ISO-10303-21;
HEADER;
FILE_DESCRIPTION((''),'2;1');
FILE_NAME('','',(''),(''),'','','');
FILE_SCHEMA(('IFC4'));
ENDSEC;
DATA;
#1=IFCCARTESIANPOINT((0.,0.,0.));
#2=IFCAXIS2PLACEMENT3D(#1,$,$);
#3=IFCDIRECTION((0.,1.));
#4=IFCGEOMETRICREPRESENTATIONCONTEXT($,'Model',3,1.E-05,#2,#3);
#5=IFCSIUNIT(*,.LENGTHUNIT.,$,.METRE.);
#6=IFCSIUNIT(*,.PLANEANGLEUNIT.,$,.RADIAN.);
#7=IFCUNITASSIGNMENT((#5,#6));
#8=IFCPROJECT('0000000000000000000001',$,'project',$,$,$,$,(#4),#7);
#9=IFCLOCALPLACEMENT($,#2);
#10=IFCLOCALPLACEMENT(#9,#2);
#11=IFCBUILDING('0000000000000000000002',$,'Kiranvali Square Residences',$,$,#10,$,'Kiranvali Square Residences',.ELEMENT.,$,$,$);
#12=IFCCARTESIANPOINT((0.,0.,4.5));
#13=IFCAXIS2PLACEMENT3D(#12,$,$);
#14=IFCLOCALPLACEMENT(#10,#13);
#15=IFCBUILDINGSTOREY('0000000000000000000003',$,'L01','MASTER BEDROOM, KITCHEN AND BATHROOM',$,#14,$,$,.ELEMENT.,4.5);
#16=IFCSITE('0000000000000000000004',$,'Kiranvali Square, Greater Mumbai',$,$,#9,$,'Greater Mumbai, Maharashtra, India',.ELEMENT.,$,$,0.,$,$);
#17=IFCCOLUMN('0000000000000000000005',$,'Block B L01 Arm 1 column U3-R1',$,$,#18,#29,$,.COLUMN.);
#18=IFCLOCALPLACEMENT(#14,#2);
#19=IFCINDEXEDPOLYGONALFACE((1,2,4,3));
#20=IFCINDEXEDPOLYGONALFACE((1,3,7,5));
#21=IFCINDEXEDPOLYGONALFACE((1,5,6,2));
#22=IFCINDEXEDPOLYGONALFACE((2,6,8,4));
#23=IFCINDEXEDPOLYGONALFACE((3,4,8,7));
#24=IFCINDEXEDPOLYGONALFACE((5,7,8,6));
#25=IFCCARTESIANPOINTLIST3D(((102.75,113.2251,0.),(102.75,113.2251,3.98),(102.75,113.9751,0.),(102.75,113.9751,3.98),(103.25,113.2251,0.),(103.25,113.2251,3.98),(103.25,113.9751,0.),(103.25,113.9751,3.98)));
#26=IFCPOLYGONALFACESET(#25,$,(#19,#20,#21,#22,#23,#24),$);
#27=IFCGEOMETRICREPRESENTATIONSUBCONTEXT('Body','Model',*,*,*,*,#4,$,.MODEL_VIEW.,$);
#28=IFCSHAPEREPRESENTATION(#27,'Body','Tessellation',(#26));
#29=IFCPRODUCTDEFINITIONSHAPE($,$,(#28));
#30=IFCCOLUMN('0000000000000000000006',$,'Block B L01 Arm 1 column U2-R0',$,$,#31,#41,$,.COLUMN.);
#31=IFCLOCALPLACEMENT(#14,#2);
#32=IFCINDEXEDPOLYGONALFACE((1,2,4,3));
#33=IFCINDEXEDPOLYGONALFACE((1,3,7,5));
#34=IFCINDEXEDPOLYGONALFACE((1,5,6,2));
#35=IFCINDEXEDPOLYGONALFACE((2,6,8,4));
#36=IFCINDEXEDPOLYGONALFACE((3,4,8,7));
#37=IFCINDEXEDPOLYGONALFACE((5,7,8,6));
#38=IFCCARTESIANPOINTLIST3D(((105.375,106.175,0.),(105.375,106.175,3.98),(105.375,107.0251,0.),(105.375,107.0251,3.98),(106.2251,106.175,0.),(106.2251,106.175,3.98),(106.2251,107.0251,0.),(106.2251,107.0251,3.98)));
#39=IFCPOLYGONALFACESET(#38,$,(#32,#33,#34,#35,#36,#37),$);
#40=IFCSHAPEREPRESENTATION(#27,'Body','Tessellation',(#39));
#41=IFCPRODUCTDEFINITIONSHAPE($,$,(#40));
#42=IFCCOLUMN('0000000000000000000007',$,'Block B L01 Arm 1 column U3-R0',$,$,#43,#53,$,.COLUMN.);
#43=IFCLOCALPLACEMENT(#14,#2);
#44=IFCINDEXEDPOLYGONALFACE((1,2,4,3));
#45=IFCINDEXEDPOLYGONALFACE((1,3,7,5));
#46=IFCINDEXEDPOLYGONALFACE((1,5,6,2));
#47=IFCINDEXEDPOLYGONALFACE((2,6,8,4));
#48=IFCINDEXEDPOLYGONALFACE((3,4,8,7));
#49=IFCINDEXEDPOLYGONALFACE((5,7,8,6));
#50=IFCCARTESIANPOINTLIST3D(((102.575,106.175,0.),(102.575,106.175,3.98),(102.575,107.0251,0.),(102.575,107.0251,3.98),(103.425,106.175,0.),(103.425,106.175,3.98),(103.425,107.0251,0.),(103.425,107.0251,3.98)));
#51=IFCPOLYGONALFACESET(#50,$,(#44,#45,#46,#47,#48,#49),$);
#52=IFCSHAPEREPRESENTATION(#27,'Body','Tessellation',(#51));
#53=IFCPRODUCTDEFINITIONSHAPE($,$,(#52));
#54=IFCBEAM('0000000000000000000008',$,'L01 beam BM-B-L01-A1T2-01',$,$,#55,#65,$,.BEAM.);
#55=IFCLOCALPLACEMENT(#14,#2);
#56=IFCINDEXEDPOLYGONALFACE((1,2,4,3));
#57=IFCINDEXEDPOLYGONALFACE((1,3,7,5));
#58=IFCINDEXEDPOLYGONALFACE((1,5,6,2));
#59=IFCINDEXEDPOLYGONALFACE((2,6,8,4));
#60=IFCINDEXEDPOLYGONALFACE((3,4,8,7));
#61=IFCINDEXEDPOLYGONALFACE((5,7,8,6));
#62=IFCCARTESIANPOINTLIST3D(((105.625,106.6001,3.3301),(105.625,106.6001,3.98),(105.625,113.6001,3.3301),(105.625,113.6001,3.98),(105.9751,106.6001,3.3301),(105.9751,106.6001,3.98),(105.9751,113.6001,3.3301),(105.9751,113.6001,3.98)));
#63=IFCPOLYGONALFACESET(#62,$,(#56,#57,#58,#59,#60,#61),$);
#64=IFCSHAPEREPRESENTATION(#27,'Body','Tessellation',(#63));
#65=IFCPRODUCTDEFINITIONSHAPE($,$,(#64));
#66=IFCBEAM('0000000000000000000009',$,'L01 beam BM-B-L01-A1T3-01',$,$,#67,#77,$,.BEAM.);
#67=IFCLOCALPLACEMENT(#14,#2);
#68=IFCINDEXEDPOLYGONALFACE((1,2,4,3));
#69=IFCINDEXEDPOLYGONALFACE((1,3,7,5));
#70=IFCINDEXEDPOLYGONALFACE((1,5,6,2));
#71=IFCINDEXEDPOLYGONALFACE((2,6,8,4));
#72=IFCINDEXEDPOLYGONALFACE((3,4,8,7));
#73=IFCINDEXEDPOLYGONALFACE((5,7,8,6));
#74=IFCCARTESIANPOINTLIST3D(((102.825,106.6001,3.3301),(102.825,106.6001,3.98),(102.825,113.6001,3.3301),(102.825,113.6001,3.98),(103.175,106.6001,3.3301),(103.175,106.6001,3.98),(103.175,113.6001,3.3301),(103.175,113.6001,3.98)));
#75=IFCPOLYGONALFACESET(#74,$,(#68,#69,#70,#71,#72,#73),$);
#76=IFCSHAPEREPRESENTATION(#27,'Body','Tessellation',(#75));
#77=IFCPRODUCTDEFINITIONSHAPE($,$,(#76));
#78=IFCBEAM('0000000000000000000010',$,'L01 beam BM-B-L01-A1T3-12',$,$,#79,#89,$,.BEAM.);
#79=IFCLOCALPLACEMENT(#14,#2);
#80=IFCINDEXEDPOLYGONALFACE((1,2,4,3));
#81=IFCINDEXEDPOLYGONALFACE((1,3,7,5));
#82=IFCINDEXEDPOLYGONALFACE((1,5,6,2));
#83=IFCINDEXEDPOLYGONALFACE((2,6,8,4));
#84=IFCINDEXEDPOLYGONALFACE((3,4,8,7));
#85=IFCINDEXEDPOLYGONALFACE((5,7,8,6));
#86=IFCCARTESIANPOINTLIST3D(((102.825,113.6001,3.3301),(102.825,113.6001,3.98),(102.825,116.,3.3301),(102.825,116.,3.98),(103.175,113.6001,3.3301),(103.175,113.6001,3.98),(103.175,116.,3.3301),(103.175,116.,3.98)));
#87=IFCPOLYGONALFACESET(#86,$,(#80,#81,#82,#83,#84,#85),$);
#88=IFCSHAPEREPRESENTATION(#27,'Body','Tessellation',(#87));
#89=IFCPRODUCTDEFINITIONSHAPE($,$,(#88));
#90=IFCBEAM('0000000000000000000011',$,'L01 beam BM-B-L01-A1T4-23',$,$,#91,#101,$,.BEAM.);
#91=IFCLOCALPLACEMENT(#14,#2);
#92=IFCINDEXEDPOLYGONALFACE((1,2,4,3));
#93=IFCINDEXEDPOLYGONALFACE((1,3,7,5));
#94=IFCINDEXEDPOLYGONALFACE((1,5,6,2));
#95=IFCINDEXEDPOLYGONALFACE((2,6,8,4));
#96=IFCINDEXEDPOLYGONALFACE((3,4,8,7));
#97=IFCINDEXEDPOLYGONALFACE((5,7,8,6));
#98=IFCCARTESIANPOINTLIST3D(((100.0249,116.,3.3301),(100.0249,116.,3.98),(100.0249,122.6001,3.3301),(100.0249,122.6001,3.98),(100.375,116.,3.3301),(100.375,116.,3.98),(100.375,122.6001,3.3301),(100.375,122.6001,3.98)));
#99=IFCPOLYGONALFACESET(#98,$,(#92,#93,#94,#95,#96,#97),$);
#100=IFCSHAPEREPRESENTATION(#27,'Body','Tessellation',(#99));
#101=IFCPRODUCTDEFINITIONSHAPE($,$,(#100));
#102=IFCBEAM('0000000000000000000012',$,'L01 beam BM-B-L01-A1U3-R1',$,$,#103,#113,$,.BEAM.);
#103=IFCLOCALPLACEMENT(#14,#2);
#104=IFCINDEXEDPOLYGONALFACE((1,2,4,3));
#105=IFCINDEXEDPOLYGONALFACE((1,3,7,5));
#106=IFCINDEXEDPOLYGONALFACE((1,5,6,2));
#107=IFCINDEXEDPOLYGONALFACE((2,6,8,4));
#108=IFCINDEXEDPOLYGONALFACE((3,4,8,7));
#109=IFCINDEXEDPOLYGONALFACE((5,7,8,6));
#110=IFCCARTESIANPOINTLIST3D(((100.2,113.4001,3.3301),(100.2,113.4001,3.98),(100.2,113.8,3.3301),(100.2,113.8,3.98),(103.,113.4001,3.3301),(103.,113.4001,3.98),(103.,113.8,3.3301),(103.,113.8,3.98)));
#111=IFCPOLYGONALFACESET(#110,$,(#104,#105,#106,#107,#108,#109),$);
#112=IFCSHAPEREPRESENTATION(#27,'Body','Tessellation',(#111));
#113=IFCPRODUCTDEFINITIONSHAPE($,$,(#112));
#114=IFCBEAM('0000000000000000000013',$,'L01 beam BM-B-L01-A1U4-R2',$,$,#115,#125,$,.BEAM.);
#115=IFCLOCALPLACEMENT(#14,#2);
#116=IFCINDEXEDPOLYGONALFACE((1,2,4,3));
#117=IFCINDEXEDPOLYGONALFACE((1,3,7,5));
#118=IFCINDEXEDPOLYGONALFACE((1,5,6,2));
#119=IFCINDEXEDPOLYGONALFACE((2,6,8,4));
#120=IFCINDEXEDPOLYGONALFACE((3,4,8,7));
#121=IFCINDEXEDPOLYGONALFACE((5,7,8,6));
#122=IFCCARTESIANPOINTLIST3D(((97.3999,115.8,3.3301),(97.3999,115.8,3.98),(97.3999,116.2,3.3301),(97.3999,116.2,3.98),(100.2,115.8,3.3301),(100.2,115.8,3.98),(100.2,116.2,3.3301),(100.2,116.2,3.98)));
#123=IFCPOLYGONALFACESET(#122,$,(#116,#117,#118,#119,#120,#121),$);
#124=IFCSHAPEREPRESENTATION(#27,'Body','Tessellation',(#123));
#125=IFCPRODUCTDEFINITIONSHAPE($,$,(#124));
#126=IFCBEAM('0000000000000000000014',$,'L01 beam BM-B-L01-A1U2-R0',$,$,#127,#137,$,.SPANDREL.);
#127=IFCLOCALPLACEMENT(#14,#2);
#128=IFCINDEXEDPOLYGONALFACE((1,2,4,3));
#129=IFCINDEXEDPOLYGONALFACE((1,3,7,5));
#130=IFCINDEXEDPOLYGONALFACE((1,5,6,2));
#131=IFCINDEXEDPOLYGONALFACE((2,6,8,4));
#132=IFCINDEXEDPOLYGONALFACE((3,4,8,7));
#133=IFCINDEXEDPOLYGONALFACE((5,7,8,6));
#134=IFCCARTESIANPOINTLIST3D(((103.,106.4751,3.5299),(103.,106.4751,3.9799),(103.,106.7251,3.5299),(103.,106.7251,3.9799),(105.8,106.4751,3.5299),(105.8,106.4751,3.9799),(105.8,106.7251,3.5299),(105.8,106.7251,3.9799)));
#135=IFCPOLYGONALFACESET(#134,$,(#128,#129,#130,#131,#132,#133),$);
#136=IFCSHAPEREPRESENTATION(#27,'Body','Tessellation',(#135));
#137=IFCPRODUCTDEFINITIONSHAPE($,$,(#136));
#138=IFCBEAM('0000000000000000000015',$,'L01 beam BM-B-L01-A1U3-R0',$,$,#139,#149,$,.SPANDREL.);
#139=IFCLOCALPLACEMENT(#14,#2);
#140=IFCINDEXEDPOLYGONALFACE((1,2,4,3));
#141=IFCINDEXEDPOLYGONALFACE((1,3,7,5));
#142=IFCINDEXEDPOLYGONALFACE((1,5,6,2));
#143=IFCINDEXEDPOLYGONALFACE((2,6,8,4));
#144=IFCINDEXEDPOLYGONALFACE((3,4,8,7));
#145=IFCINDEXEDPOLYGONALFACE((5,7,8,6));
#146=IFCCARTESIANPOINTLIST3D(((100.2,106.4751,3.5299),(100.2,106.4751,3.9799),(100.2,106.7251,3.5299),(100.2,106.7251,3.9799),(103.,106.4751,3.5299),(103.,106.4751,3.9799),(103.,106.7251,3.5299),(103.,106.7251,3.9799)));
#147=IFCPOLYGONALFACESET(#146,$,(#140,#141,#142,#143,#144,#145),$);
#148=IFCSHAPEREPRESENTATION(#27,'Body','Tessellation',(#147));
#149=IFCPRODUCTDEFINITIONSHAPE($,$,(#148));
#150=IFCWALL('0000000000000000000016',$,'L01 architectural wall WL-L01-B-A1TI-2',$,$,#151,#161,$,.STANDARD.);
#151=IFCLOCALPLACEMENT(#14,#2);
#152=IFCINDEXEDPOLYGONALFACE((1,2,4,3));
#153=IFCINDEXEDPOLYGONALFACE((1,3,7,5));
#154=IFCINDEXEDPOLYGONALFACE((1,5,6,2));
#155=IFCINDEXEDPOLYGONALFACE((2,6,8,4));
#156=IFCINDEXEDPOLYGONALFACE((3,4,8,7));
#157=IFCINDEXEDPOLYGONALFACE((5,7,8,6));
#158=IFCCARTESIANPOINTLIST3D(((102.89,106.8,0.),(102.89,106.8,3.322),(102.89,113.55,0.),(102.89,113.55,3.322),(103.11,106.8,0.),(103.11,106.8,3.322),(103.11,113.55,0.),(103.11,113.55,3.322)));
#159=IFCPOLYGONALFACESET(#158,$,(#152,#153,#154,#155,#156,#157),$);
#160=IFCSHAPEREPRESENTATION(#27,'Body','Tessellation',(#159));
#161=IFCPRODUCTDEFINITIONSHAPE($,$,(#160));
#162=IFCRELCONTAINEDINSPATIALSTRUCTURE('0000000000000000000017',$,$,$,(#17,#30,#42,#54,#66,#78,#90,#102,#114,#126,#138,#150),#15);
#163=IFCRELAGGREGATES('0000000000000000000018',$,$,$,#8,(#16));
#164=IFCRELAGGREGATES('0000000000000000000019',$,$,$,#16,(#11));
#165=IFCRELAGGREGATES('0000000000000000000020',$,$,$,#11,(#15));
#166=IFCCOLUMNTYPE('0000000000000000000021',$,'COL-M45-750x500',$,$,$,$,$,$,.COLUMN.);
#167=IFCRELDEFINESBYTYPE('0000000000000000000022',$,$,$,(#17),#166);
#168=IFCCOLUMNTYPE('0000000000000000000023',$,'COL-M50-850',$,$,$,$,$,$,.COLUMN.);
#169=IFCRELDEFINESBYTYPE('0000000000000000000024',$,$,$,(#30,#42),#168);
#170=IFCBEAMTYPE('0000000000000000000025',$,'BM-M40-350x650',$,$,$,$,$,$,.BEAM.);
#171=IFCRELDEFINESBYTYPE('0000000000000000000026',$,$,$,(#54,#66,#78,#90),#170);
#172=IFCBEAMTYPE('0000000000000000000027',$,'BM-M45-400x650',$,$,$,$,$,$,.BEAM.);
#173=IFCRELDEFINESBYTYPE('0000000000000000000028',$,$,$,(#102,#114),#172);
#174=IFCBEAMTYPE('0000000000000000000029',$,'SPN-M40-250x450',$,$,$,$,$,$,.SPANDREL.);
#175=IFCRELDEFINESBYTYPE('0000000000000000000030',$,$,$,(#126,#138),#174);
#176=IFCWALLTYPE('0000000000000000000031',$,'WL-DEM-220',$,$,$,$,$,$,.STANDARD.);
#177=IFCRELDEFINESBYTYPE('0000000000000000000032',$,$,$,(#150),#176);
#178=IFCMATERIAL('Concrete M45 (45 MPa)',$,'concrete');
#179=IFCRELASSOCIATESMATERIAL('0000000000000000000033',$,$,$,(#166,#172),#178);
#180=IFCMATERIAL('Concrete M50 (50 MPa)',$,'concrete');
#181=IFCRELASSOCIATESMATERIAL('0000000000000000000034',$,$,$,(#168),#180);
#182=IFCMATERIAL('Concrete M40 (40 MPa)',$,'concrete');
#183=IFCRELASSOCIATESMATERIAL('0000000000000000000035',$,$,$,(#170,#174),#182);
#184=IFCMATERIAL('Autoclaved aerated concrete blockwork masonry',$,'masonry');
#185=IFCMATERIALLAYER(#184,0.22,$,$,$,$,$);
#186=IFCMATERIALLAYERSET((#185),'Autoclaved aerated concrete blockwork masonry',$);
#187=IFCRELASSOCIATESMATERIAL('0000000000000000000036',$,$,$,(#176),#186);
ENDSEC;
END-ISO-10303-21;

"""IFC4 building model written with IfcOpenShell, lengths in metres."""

from ifc_helpers import new_model, si_unit, direction, frame, frame_2d, origin, origin_2d, place, context, subcontext, project, spatial, rectangle, extrude, material, layer, layer_set, material_profile, profile_set, type_object, element, save


model = new_model("IFC4")

# Units and contexts
model_context = context("Model", 3, precision=1e-05, world=origin(), true_north=direction((0.0, 1.0)))
body_context = subcontext(model_context, "Body", "Model", "MODEL_VIEW")
ifc_project = project(units=[si_unit("LENGTHUNIT", "METRE"), si_unit("PLANEANGLEUNIT", "RADIAN")], contexts=[model_context])

# Site, building, storey
site_placement = place(None, origin())
site = spatial("IfcSite", under=ifc_project, at=site_placement, Name="Kiranvali Square, Greater Mumbai", LongName="Greater Mumbai, Maharashtra, India", CompositionType="ELEMENT", RefElevation=0.0)
building_placement = place(site_placement, origin())
building = spatial("IfcBuilding", under=site, at=building_placement, Name="Kiranvali Square Residences", LongName="Kiranvali Square Residences", CompositionType="ELEMENT")
storey_placement = place(building_placement, frame((0.0, 0.0, 4.5)))
storey = spatial("IfcBuildingStorey", under=building, at=storey_placement, Name="L01", Description="MASTER BEDROOM, KITCHEN AND BATHROOM", CompositionType="ELEMENT", Elevation=4.5)

# Columns
ifc_material_1 = material(Name="Concrete M45 (45 MPa)", Category="concrete")
ifc_material_profile_1 = material_profile(ifc_material_1, rectangle(XDim=0.5, YDim=0.75, at=origin_2d()), Name="RC 750x500")
ifc_profile_set_1 = profile_set([ifc_material_profile_1], Name="Concrete M45 (45 MPa)")
column_type_1 = type_object("IfcColumnType", Name="COL-M45-750x500", PredefinedType="COLUMN", material=ifc_profile_set_1)
column_placement = place(storey_placement, frame((103.0, 113.6001, 0.0), z_axis=(0.0, 0.0, 1.0), x_axis=(1.0, 0.0, 0.0)))
element("IfcColumn", 1, at=column_placement, inside=storey, type_object=column_type_1, Name="Block B L01 Arm 1 column U3-R1", PredefinedType="COLUMN", context=body_context, shape_type="SweptSolid", body=[
    extrude(rectangle(XDim=0.5, YDim=0.75, at=origin_2d()), origin(), (0.0, 0.0, 1.0), 3.98),
])
ifc_material_2 = material(Name="Concrete M50 (50 MPa)", Category="concrete")
ifc_material_profile_2 = material_profile(ifc_material_2, rectangle(XDim=0.8501, YDim=0.8501, at=origin_2d()), Name="RC 850x850")
ifc_profile_set_2 = profile_set([ifc_material_profile_2], Name="Concrete M50 (50 MPa)")
column_type_2 = type_object("IfcColumnType", Name="COL-M50-850", PredefinedType="COLUMN", material=ifc_profile_set_2)
for number, where, z_axis, x_axis, name in (
    (2, (105.8, 106.6001, 0.0), (0.0, 0.0, 1.0), (1.0, 0.0, 0.0), "Block B L01 Arm 1 column U2-R0"),
    (3, (103.0, 106.6001, 0.0), (0.0, 0.0, 1.0), (1.0, 0.0, 0.0), "Block B L01 Arm 1 column U3-R0"),
):
    element("IfcColumn", number, at=place(storey_placement, frame(where, z_axis=z_axis, x_axis=x_axis)), inside=storey, type_object=column_type_2, Name=name, PredefinedType="COLUMN", context=body_context, shape_type="SweptSolid", body=[
        extrude(rectangle(XDim=0.8501, YDim=0.8501, at=origin_2d()), origin(), (0.0, 0.0, 1.0), 3.98),
    ])

# Beams
ifc_material_3 = material(Name="Concrete M40 (40 MPa)", Category="concrete")
ifc_material_profile_3 = material_profile(ifc_material_3, rectangle(XDim=0.3501, YDim=0.6499, at=origin_2d()), Name="RC 350x650")
ifc_profile_set_3 = profile_set([ifc_material_profile_3], Name="Concrete M40 (40 MPa)")
beam_type_1 = type_object("IfcBeamType", Name="BM-M40-350x650", PredefinedType="BEAM", material=ifc_profile_set_3)
for number, where, z_axis, x_axis, name in (
    (4, (105.8, 106.6001, 3.655), (0.0, 1.0, 0.0), (-1.0, 0.0, 0.0), "L01 beam BM-B-L01-A1T2-01"),
    (5, (103.0, 106.6001, 3.655), (0.0, 1.0, 0.0), (-1.0, 0.0, 0.0), "L01 beam BM-B-L01-A1T3-01"),
):
    element("IfcBeam", number, at=place(storey_placement, frame(where, z_axis=z_axis, x_axis=x_axis)), inside=storey, type_object=beam_type_1, Name=name, PredefinedType="BEAM", context=body_context, shape_type="SweptSolid", body=[
        extrude(rectangle(XDim=0.3501, YDim=0.6499, at=origin_2d()), origin(), (0.0, 0.0, 1.0), 7.0),
    ])
beam_1_placement = place(storey_placement, frame((103.0, 113.6001, 3.655), z_axis=(0.0, 1.0, 0.0), x_axis=(-1.0, 0.0, 0.0)))
element("IfcBeam", 6, at=beam_1_placement, inside=storey, type_object=beam_type_1, Name="L01 beam BM-B-L01-A1T3-12", PredefinedType="BEAM", context=body_context, shape_type="SweptSolid", body=[
    extrude(rectangle(XDim=0.3501, YDim=0.6499, at=origin_2d()), origin(), (0.0, 0.0, 1.0), 2.3999),
])
beam_2_placement = place(storey_placement, frame((100.2, 116.0, 3.655), z_axis=(0.0, 1.0, 0.0), x_axis=(-1.0, 0.0, 0.0)))
element("IfcBeam", 7, at=beam_2_placement, inside=storey, type_object=beam_type_1, Name="L01 beam BM-B-L01-A1T4-23", PredefinedType="BEAM", context=body_context, shape_type="SweptSolid", body=[
    extrude(rectangle(XDim=0.3501, YDim=0.6499, at=origin_2d()), origin(), (0.0, 0.0, 1.0), 6.6001),
])
ifc_material_profile_4 = material_profile(ifc_material_1, rectangle(XDim=0.3999, YDim=0.6499, at=origin_2d()), Name="RC 400x650")
ifc_profile_set_4 = profile_set([ifc_material_profile_4], Name="Concrete M45 (45 MPa)")
beam_type_2 = type_object("IfcBeamType", Name="BM-M45-400x650", PredefinedType="BEAM", material=ifc_profile_set_4)
for number, where, z_axis, x_axis, name in (
    (8, (103.0, 113.6001, 3.655), (-1.0, 0.0, 0.0), (0.0, -1.0, 0.0), "L01 beam BM-B-L01-A1U3-R1"),
    (9, (100.2, 116.0, 3.655), (-1.0, 0.0, 0.0), (0.0, -1.0, 0.0), "L01 beam BM-B-L01-A1U4-R2"),
):
    element("IfcBeam", number, at=place(storey_placement, frame(where, z_axis=z_axis, x_axis=x_axis)), inside=storey, type_object=beam_type_2, Name=name, PredefinedType="BEAM", context=body_context, shape_type="SweptSolid", body=[
        extrude(rectangle(XDim=0.3999, YDim=0.6499, at=origin_2d()), origin(), (0.0, 0.0, 1.0), 2.8),
    ])
ifc_material_profile_5 = material_profile(ifc_material_3, rectangle(XDim=0.25, YDim=0.45, at=origin_2d()), Name="RC 250x450")
ifc_profile_set_5 = profile_set([ifc_material_profile_5], Name="Concrete M40 (40 MPa)")
beam_type_3 = type_object("IfcBeamType", Name="SPN-M40-250x450", PredefinedType="SPANDREL", material=ifc_profile_set_5)
for number, where, z_axis, x_axis, name in (
    (10, (105.8, 106.6001, 3.7549), (-1.0, 0.0, 0.0), (0.0, -1.0, 0.0), "L01 beam BM-B-L01-A1U2-R0"),
    (11, (103.0, 106.6001, 3.7549), (-1.0, 0.0, 0.0), (0.0, -1.0, 0.0), "L01 beam BM-B-L01-A1U3-R0"),
):
    element("IfcBeam", number, at=place(storey_placement, frame(where, z_axis=z_axis, x_axis=x_axis)), inside=storey, type_object=beam_type_3, Name=name, PredefinedType="SPANDREL", context=body_context, shape_type="SweptSolid", body=[
        extrude(rectangle(XDim=0.25, YDim=0.45, at=origin_2d()), origin(), (0.0, 0.0, 1.0), 2.8),
    ])

# Shared definitions
ifc_material_4 = material(Name="Autoclaved aerated concrete blockwork masonry", Category="masonry")

# Wall
ifc_layer_1 = layer(ifc_material_4, 0.22)
ifc_layer_set_1 = layer_set([ifc_layer_1], Name="Autoclaved aerated concrete blockwork masonry")
wall_type_1 = type_object("IfcWallType", Name="WL-DEM-220", PredefinedType="STANDARD", material=ifc_layer_set_1)
wall_1_placement = place(storey_placement, frame((103.0, 106.8, 0.0), z_axis=(0.0, 0.0, 1.0), x_axis=(0.0, 1.0, 0.0)))
element("IfcWall", 12, at=wall_1_placement, inside=storey, type_object=wall_type_1, Name="L01 architectural wall WL-L01-B-A1TI-2", PredefinedType="STANDARD", context=body_context, shape_type="SweptSolid", body=[
    extrude(rectangle(XDim=6.75, YDim=0.22, at=frame_2d((3.375, 0.0))), origin(), (0.0, 0.0, 1.0), 3.322),
])

save(model, "model.ifc")
